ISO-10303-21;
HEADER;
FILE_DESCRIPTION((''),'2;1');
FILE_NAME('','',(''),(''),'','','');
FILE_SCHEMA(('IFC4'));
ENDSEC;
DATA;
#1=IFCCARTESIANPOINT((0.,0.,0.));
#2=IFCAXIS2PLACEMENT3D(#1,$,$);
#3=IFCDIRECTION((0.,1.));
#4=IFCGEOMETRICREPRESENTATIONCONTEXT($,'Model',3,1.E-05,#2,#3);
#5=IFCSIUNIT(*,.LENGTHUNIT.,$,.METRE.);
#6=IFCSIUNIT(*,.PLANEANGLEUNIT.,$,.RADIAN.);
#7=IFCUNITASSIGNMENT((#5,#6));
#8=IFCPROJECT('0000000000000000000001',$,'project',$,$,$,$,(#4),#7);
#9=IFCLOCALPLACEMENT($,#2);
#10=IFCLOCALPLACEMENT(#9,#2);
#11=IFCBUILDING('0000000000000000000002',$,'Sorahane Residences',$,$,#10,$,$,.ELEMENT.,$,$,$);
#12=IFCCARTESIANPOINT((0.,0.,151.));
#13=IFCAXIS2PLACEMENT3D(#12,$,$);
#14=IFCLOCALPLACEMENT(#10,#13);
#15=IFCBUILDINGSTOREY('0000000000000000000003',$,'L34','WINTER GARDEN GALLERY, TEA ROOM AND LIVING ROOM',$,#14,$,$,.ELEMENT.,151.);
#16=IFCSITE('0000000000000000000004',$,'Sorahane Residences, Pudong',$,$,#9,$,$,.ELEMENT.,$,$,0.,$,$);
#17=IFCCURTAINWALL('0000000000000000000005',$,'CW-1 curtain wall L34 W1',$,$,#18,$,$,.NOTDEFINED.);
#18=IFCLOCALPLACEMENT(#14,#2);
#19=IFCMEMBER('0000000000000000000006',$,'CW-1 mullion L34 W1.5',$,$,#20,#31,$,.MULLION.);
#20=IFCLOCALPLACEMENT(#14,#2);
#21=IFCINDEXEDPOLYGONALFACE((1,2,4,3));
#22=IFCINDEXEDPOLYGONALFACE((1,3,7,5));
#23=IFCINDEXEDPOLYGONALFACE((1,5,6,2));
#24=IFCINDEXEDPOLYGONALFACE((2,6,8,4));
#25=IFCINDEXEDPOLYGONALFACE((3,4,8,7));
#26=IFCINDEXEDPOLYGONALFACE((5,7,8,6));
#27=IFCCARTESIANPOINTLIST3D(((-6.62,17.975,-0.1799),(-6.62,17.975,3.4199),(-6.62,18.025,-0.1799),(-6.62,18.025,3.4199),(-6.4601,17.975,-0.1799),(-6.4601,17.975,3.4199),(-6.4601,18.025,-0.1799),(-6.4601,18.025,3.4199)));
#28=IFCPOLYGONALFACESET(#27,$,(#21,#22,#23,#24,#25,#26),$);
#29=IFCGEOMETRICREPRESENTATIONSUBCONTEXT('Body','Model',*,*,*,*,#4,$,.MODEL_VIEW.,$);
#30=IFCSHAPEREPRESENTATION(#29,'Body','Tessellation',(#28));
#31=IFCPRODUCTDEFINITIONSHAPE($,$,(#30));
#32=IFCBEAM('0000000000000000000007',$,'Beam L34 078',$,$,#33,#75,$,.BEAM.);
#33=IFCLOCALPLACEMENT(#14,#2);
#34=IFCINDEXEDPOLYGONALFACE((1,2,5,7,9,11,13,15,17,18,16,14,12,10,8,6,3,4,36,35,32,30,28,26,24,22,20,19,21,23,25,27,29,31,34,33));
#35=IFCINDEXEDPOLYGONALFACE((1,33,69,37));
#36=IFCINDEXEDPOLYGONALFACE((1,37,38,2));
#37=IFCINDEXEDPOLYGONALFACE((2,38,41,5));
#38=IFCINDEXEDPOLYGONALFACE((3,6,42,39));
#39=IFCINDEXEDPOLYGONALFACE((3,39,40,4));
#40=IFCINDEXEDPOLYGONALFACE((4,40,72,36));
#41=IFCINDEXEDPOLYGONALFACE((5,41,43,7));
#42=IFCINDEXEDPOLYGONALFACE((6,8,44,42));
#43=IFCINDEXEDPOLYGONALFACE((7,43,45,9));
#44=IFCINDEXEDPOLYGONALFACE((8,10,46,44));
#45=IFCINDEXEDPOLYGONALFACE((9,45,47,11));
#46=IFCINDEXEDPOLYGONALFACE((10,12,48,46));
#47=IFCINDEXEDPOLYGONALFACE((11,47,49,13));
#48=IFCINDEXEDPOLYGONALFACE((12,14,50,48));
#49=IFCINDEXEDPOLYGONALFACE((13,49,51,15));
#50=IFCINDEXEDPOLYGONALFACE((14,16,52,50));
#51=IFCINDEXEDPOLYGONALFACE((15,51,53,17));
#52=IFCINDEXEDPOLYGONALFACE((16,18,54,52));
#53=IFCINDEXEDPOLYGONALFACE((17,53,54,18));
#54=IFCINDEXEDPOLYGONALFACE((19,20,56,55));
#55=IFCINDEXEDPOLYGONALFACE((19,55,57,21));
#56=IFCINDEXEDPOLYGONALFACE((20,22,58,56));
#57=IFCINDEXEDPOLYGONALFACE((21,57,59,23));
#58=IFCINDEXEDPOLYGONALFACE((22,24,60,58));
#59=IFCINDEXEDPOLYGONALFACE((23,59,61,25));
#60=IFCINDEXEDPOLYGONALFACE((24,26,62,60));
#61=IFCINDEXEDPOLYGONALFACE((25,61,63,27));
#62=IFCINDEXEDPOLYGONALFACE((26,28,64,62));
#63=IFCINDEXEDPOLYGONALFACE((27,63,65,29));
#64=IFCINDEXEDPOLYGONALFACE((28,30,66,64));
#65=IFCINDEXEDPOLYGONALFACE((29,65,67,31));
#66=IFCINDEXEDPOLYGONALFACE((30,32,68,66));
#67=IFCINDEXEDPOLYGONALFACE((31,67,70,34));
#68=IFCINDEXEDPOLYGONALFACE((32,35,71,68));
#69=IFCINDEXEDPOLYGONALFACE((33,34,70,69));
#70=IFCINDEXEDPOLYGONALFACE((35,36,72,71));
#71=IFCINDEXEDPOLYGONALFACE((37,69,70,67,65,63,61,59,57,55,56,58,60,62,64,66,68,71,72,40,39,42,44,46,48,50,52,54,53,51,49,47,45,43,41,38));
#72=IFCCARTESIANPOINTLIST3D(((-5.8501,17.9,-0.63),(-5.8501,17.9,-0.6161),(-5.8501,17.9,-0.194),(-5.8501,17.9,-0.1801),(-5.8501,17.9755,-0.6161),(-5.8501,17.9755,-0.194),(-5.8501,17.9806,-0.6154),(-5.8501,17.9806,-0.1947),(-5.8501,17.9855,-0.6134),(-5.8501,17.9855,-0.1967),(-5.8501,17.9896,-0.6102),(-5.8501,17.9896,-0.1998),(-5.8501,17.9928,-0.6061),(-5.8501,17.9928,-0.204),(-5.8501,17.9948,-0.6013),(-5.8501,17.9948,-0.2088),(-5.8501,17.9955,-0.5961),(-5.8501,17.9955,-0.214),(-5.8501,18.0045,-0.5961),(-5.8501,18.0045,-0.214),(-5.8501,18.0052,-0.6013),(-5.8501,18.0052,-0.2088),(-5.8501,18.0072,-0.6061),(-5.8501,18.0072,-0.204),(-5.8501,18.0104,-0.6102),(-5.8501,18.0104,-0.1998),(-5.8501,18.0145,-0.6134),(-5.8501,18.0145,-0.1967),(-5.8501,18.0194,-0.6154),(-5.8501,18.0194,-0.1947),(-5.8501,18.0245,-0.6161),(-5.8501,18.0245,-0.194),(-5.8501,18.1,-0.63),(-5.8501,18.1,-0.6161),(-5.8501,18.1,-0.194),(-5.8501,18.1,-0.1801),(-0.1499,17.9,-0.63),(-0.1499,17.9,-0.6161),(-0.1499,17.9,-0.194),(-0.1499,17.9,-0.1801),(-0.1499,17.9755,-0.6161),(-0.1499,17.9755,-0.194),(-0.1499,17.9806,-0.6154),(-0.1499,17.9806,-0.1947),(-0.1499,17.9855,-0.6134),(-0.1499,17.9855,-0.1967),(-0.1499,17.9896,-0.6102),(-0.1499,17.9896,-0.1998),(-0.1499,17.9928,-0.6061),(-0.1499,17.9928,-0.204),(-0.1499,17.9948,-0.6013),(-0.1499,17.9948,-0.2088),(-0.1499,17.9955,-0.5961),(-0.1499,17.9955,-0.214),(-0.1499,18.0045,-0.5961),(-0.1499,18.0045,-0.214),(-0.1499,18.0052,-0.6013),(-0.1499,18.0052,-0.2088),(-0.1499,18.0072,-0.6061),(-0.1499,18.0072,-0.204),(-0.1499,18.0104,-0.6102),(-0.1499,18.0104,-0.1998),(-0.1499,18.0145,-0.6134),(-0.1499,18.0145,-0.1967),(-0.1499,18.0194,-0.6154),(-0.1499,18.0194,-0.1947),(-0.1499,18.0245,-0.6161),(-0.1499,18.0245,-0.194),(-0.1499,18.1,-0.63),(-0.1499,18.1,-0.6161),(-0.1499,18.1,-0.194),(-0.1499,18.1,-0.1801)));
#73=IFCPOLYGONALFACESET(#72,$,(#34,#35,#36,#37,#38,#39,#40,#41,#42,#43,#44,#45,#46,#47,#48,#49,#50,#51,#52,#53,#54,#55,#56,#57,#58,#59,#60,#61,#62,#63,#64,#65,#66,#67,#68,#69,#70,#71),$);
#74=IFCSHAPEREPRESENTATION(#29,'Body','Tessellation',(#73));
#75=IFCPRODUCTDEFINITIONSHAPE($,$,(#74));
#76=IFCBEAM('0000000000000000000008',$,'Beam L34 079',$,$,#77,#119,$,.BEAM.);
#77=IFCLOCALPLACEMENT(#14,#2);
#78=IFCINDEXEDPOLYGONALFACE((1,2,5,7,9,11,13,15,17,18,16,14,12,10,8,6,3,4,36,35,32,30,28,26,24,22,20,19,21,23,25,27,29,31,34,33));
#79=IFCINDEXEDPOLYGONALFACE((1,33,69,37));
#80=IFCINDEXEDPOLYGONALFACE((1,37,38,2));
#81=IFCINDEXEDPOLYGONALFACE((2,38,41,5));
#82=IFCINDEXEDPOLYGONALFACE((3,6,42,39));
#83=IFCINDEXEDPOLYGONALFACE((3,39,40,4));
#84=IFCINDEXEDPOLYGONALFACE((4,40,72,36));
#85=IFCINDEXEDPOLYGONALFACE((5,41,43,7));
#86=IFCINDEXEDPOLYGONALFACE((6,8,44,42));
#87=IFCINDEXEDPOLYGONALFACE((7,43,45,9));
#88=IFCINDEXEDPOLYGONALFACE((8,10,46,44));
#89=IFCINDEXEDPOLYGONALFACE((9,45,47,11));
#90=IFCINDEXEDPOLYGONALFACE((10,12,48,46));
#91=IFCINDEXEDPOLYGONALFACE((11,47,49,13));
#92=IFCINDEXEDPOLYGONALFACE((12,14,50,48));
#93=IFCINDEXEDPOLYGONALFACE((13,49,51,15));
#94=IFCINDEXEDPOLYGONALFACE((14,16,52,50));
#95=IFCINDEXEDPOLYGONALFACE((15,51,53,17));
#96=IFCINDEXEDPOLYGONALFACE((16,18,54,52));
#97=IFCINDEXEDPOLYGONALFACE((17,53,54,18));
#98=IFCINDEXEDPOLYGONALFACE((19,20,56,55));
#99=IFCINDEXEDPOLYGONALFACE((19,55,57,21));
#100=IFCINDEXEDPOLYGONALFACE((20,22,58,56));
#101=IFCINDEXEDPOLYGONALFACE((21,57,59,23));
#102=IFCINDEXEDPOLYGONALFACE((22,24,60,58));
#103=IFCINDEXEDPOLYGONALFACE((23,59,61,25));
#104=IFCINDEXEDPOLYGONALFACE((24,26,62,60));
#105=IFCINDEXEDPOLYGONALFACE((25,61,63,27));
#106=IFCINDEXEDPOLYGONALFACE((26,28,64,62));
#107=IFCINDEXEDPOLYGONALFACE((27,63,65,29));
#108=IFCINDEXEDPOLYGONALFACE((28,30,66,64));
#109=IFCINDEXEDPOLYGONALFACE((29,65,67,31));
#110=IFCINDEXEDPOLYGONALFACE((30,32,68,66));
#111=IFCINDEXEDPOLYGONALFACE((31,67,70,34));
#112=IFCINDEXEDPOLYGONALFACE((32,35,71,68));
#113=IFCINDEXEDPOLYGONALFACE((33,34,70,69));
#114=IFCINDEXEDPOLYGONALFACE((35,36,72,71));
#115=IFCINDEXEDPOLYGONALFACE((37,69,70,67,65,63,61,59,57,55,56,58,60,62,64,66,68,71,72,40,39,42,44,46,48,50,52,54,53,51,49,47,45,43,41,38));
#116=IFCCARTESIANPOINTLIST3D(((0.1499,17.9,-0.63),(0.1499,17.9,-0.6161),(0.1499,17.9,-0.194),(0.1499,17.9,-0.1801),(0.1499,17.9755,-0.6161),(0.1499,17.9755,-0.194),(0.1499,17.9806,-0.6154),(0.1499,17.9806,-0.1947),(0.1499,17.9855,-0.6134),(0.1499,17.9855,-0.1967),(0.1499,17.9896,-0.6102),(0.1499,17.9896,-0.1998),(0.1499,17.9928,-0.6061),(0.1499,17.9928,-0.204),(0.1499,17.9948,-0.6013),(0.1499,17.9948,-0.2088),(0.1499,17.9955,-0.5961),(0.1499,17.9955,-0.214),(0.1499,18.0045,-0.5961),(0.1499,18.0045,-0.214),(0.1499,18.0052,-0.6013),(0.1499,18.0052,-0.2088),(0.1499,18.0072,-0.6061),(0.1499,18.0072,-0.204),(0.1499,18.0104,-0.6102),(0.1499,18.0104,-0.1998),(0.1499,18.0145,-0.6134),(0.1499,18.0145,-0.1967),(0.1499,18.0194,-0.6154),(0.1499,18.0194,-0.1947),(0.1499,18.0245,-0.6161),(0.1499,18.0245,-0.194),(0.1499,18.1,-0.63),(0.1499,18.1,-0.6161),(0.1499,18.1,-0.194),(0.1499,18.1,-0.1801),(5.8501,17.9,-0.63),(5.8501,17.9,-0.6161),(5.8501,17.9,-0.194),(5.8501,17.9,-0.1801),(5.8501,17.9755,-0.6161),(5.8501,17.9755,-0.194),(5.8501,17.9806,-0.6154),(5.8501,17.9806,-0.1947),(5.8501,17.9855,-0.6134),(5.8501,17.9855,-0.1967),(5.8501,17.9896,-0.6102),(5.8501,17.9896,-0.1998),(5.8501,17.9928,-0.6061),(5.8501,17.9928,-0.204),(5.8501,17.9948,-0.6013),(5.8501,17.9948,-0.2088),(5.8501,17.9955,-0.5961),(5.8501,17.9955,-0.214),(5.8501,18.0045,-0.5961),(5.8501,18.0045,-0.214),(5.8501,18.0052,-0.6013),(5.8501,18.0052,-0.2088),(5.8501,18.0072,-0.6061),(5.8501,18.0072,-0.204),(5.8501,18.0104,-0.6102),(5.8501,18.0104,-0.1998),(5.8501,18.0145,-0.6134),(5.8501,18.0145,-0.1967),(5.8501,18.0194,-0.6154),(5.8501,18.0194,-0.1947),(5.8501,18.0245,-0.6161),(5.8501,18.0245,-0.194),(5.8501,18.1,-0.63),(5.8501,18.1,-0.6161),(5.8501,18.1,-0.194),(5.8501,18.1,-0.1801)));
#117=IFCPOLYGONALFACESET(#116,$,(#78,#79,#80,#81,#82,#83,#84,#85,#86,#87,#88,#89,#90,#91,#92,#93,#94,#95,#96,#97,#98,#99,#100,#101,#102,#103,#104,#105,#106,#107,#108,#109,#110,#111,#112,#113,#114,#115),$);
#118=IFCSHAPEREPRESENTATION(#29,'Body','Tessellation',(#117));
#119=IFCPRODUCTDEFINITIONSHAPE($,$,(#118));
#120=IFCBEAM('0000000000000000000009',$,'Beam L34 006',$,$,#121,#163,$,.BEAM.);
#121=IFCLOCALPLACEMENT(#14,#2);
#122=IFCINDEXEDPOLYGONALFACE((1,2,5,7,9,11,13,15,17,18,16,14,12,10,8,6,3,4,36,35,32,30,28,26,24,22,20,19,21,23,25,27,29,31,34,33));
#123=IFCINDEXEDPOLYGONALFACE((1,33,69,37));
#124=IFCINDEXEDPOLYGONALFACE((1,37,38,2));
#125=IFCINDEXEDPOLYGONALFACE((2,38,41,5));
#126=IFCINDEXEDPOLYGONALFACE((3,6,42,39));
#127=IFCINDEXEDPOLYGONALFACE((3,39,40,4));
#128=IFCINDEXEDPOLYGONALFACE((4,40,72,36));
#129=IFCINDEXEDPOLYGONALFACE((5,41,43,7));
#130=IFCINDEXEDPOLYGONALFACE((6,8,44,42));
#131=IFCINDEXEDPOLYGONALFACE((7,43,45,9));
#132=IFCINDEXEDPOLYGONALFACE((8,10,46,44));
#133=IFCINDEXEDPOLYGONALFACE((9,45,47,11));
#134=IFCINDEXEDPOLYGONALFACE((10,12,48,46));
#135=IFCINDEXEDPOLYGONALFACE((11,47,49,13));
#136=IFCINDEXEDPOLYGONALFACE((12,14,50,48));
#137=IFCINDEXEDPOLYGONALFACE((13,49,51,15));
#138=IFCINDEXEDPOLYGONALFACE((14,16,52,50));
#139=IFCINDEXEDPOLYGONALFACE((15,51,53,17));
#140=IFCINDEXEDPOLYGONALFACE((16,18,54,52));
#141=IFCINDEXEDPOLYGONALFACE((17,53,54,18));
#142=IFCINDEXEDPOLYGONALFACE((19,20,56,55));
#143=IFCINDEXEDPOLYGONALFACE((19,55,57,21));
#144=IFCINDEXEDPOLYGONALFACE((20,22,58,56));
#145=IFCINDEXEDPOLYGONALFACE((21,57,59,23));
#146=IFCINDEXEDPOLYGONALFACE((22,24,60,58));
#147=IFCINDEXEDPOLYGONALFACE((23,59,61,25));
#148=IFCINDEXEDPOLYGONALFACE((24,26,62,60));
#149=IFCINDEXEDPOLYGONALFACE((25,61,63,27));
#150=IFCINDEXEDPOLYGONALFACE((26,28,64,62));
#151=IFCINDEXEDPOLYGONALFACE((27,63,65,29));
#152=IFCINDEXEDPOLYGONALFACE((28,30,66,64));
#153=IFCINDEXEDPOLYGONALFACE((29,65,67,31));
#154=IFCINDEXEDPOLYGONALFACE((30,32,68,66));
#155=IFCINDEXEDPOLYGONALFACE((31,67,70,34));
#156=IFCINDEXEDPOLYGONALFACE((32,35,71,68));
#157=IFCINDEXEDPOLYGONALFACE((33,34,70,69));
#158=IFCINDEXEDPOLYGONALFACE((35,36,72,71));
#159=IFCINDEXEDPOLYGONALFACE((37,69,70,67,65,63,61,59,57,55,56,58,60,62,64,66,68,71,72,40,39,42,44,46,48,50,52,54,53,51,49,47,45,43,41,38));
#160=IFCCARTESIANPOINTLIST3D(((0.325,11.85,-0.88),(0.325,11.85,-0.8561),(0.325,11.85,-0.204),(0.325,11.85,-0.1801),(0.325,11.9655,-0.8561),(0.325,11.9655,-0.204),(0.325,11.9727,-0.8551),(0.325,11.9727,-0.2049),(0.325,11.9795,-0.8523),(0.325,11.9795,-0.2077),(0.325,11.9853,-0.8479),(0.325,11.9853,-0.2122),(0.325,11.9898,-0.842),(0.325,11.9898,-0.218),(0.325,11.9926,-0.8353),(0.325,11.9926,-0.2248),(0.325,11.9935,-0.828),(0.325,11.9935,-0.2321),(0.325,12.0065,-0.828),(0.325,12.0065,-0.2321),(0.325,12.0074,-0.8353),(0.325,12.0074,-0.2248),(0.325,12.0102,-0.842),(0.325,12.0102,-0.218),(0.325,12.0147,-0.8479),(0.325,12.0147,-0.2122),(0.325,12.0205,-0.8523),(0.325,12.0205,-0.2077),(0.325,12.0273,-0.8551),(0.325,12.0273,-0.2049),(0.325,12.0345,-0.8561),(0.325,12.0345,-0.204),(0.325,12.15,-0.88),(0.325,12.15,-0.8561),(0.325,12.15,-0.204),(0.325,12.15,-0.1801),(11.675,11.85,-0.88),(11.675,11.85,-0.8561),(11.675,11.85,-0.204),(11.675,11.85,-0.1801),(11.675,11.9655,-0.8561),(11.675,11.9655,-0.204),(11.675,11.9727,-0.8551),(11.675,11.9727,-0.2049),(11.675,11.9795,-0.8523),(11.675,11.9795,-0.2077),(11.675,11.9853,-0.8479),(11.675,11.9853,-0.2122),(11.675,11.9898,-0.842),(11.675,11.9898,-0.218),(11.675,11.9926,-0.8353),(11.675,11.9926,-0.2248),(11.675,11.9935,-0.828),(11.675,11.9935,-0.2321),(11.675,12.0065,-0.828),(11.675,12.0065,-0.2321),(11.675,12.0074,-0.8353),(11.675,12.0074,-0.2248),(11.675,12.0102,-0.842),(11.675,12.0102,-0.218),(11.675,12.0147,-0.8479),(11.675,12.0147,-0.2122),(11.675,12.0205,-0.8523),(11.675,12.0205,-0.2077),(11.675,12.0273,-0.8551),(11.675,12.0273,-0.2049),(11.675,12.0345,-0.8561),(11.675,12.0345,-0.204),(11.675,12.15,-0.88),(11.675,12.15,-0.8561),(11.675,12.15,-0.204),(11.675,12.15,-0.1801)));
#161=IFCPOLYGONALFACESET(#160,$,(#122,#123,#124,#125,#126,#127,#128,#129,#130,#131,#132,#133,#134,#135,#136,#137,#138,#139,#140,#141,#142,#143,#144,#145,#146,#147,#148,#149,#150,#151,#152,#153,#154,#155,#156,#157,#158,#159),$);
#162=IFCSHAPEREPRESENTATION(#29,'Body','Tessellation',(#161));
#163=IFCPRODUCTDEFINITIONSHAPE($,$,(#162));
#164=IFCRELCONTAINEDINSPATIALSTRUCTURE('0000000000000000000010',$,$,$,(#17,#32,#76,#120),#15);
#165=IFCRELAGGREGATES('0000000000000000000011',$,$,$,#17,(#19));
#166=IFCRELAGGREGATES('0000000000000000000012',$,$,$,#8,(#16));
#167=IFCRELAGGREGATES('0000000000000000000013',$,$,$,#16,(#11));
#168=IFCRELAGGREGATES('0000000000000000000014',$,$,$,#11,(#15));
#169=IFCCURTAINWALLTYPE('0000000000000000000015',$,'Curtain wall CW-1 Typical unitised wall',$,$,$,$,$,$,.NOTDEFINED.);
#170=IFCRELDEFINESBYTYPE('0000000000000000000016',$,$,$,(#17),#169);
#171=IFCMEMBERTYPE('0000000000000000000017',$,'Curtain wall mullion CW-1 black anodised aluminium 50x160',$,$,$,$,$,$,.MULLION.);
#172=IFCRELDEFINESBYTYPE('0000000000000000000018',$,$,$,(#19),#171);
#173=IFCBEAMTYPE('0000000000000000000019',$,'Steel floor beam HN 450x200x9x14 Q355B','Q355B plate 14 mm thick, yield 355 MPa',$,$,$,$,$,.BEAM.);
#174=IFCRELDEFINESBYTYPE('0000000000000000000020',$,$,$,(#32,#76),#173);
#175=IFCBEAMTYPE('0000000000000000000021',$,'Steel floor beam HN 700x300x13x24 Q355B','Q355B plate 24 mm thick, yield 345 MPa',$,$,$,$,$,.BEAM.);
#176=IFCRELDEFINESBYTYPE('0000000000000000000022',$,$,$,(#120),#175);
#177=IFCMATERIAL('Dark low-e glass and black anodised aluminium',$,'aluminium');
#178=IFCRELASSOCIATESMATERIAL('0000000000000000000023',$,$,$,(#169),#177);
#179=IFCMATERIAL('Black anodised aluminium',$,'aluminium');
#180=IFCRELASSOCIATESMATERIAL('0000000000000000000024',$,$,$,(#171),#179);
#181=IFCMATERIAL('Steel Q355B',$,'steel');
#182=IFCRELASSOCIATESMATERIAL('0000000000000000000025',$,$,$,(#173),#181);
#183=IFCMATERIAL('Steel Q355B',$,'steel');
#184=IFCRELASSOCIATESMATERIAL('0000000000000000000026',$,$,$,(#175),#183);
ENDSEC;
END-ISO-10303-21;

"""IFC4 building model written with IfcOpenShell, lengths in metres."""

from ifc_helpers import new_model, si_unit, direction, frame, origin, origin_2d, place, context, subcontext, project, spatial, rectangle, i_section, extrude, material, material_profile, profile_set, type_object, element, aggregate, save


model = new_model("IFC4")

# Units and contexts
model_context = context("Model", 3, precision=1e-05, world=origin(), true_north=direction((0.0, 1.0)))
body_context = subcontext(model_context, "Body", "Model", "MODEL_VIEW")
ifc_project = project(units=[si_unit("LENGTHUNIT", "METRE"), si_unit("PLANEANGLEUNIT", "RADIAN")], contexts=[model_context])

# Site, building, storey
site_placement = place(None, origin())
site = spatial("IfcSite", under=ifc_project, at=site_placement, Name="Sorahane Residences, Pudong", CompositionType="ELEMENT", RefElevation=0.0)
building_placement = place(site_placement, origin())
building = spatial("IfcBuilding", under=site, at=building_placement, Name="Sorahane Residences", CompositionType="ELEMENT")
storey_placement = place(building_placement, frame((0.0, 0.0, 151.0)))
storey = spatial("IfcBuildingStorey", under=building, at=storey_placement, Name="L34", Description="WINTER GARDEN GALLERY, TEA ROOM AND LIVING ROOM", CompositionType="ELEMENT", Elevation=151.0)

# Curtain wall, member
ifc_material_1 = material(Name="Dark low-e glass and black anodised aluminium", Category="aluminium")
curtain_wall_type = type_object("IfcCurtainWallType", Name="Curtain wall CW-1 Typical unitised wall", PredefinedType="NOTDEFINED", material=ifc_material_1)
curtain_wall_placement = place(storey_placement, origin())
curtain_wall = element("IfcCurtainWall", 1, at=curtain_wall_placement, inside=storey, type_object=curtain_wall_type, Name="CW-1 curtain wall L34 W1", PredefinedType="NOTDEFINED")
ifc_material_2 = material(Name="Black anodised aluminium", Category="aluminium")
ifc_material_profile_1 = material_profile(ifc_material_2, rectangle(XDim=0.1599, YDim=0.05, at=origin_2d()), Name="Curtain wall mullion CW-1 black anodised aluminium 50x160")
ifc_profile_set_1 = profile_set([ifc_material_profile_1], Name="Black anodised aluminium")
member_type = type_object("IfcMemberType", Name="Curtain wall mullion CW-1 black anodised aluminium 50x160", PredefinedType="MULLION", material=ifc_profile_set_1)
member_placement = place(storey_placement, frame((-6.54, 18.0, -0.1799), z_axis=(0.0, 0.0, 1.0), x_axis=(-1.0, 0.0, 0.0)))
member = element("IfcMember", 2, at=member_placement, type_object=member_type, Name="CW-1 mullion L34 W1.5", PredefinedType="MULLION", context=body_context, shape_type="SweptSolid", body=[
    extrude(rectangle(XDim=0.1599, YDim=0.05, at=origin_2d()), origin(), (0.0, 0.0, 1.0), 3.5999),
])

# Beams
ifc_material_3 = material(Name="Steel Q355B", Category="steel")
ifc_material_profile_2 = material_profile(ifc_material_3, i_section(OverallWidth=0.2, OverallDepth=0.45, WebThickness=0.009, FlangeThickness=0.0139, FilletRadius=0.02, at=origin_2d()), Name="HN 450x200x9x14")
ifc_profile_set_2 = profile_set([ifc_material_profile_2], Name="Steel Q355B")
beam_type_1 = type_object("IfcBeamType", Name="Steel floor beam HN 450x200x9x14 Q355B", Description="Q355B plate 14 mm thick, yield 355 MPa", PredefinedType="BEAM", material=ifc_profile_set_2)
for number, where, z_axis, x_axis, name in (
    (3, (-5.8501, 18.0, -0.405), (1.0, 0.0, 0.0), (0.0, 1.0, 0.0), "Beam L34 078"),
    (4, (0.1499, 18.0, -0.405), (1.0, 0.0, 0.0), (0.0, 1.0, 0.0), "Beam L34 079"),
):
    element("IfcBeam", number, at=place(storey_placement, frame(where, z_axis=z_axis, x_axis=x_axis)), inside=storey, type_object=beam_type_1, Name=name, PredefinedType="BEAM", context=body_context, shape_type="SweptSolid", body=[
        extrude(i_section(OverallWidth=0.2, OverallDepth=0.45, WebThickness=0.009, FlangeThickness=0.0139, FilletRadius=0.02, at=origin_2d()), origin(), (0.0, 0.0, 1.0), 5.7002),
    ])
ifc_material_4 = material(Name="Steel Q355B", Category="steel")
ifc_material_profile_3 = material_profile(ifc_material_4, i_section(OverallWidth=0.3, OverallDepth=0.7, WebThickness=0.0129, FlangeThickness=0.0239, FilletRadius=0.0281, at=origin_2d()), Name="HN 700x300x13x24")
ifc_profile_set_3 = profile_set([ifc_material_profile_3], Name="Steel Q355B")
beam_type_2 = type_object("IfcBeamType", Name="Steel floor beam HN 700x300x13x24 Q355B", Description="Q355B plate 24 mm thick, yield 345 MPa", PredefinedType="BEAM", material=ifc_profile_set_3)
beam_1_placement = place(storey_placement, frame((0.325, 12.0, -0.53), z_axis=(1.0, 0.0, 0.0), x_axis=(0.0, 1.0, 0.0)))
element("IfcBeam", 5, at=beam_1_placement, inside=storey, type_object=beam_type_2, Name="Beam L34 006", PredefinedType="BEAM", context=body_context, shape_type="SweptSolid", body=[
    extrude(i_section(OverallWidth=0.3, OverallDepth=0.7, WebThickness=0.0129, FlangeThickness=0.0239, FilletRadius=0.0281, at=origin_2d()), origin(), (0.0, 0.0, 1.0), 11.3501),
])

aggregate(curtain_wall, [member])

save(model, "model.ifc")
